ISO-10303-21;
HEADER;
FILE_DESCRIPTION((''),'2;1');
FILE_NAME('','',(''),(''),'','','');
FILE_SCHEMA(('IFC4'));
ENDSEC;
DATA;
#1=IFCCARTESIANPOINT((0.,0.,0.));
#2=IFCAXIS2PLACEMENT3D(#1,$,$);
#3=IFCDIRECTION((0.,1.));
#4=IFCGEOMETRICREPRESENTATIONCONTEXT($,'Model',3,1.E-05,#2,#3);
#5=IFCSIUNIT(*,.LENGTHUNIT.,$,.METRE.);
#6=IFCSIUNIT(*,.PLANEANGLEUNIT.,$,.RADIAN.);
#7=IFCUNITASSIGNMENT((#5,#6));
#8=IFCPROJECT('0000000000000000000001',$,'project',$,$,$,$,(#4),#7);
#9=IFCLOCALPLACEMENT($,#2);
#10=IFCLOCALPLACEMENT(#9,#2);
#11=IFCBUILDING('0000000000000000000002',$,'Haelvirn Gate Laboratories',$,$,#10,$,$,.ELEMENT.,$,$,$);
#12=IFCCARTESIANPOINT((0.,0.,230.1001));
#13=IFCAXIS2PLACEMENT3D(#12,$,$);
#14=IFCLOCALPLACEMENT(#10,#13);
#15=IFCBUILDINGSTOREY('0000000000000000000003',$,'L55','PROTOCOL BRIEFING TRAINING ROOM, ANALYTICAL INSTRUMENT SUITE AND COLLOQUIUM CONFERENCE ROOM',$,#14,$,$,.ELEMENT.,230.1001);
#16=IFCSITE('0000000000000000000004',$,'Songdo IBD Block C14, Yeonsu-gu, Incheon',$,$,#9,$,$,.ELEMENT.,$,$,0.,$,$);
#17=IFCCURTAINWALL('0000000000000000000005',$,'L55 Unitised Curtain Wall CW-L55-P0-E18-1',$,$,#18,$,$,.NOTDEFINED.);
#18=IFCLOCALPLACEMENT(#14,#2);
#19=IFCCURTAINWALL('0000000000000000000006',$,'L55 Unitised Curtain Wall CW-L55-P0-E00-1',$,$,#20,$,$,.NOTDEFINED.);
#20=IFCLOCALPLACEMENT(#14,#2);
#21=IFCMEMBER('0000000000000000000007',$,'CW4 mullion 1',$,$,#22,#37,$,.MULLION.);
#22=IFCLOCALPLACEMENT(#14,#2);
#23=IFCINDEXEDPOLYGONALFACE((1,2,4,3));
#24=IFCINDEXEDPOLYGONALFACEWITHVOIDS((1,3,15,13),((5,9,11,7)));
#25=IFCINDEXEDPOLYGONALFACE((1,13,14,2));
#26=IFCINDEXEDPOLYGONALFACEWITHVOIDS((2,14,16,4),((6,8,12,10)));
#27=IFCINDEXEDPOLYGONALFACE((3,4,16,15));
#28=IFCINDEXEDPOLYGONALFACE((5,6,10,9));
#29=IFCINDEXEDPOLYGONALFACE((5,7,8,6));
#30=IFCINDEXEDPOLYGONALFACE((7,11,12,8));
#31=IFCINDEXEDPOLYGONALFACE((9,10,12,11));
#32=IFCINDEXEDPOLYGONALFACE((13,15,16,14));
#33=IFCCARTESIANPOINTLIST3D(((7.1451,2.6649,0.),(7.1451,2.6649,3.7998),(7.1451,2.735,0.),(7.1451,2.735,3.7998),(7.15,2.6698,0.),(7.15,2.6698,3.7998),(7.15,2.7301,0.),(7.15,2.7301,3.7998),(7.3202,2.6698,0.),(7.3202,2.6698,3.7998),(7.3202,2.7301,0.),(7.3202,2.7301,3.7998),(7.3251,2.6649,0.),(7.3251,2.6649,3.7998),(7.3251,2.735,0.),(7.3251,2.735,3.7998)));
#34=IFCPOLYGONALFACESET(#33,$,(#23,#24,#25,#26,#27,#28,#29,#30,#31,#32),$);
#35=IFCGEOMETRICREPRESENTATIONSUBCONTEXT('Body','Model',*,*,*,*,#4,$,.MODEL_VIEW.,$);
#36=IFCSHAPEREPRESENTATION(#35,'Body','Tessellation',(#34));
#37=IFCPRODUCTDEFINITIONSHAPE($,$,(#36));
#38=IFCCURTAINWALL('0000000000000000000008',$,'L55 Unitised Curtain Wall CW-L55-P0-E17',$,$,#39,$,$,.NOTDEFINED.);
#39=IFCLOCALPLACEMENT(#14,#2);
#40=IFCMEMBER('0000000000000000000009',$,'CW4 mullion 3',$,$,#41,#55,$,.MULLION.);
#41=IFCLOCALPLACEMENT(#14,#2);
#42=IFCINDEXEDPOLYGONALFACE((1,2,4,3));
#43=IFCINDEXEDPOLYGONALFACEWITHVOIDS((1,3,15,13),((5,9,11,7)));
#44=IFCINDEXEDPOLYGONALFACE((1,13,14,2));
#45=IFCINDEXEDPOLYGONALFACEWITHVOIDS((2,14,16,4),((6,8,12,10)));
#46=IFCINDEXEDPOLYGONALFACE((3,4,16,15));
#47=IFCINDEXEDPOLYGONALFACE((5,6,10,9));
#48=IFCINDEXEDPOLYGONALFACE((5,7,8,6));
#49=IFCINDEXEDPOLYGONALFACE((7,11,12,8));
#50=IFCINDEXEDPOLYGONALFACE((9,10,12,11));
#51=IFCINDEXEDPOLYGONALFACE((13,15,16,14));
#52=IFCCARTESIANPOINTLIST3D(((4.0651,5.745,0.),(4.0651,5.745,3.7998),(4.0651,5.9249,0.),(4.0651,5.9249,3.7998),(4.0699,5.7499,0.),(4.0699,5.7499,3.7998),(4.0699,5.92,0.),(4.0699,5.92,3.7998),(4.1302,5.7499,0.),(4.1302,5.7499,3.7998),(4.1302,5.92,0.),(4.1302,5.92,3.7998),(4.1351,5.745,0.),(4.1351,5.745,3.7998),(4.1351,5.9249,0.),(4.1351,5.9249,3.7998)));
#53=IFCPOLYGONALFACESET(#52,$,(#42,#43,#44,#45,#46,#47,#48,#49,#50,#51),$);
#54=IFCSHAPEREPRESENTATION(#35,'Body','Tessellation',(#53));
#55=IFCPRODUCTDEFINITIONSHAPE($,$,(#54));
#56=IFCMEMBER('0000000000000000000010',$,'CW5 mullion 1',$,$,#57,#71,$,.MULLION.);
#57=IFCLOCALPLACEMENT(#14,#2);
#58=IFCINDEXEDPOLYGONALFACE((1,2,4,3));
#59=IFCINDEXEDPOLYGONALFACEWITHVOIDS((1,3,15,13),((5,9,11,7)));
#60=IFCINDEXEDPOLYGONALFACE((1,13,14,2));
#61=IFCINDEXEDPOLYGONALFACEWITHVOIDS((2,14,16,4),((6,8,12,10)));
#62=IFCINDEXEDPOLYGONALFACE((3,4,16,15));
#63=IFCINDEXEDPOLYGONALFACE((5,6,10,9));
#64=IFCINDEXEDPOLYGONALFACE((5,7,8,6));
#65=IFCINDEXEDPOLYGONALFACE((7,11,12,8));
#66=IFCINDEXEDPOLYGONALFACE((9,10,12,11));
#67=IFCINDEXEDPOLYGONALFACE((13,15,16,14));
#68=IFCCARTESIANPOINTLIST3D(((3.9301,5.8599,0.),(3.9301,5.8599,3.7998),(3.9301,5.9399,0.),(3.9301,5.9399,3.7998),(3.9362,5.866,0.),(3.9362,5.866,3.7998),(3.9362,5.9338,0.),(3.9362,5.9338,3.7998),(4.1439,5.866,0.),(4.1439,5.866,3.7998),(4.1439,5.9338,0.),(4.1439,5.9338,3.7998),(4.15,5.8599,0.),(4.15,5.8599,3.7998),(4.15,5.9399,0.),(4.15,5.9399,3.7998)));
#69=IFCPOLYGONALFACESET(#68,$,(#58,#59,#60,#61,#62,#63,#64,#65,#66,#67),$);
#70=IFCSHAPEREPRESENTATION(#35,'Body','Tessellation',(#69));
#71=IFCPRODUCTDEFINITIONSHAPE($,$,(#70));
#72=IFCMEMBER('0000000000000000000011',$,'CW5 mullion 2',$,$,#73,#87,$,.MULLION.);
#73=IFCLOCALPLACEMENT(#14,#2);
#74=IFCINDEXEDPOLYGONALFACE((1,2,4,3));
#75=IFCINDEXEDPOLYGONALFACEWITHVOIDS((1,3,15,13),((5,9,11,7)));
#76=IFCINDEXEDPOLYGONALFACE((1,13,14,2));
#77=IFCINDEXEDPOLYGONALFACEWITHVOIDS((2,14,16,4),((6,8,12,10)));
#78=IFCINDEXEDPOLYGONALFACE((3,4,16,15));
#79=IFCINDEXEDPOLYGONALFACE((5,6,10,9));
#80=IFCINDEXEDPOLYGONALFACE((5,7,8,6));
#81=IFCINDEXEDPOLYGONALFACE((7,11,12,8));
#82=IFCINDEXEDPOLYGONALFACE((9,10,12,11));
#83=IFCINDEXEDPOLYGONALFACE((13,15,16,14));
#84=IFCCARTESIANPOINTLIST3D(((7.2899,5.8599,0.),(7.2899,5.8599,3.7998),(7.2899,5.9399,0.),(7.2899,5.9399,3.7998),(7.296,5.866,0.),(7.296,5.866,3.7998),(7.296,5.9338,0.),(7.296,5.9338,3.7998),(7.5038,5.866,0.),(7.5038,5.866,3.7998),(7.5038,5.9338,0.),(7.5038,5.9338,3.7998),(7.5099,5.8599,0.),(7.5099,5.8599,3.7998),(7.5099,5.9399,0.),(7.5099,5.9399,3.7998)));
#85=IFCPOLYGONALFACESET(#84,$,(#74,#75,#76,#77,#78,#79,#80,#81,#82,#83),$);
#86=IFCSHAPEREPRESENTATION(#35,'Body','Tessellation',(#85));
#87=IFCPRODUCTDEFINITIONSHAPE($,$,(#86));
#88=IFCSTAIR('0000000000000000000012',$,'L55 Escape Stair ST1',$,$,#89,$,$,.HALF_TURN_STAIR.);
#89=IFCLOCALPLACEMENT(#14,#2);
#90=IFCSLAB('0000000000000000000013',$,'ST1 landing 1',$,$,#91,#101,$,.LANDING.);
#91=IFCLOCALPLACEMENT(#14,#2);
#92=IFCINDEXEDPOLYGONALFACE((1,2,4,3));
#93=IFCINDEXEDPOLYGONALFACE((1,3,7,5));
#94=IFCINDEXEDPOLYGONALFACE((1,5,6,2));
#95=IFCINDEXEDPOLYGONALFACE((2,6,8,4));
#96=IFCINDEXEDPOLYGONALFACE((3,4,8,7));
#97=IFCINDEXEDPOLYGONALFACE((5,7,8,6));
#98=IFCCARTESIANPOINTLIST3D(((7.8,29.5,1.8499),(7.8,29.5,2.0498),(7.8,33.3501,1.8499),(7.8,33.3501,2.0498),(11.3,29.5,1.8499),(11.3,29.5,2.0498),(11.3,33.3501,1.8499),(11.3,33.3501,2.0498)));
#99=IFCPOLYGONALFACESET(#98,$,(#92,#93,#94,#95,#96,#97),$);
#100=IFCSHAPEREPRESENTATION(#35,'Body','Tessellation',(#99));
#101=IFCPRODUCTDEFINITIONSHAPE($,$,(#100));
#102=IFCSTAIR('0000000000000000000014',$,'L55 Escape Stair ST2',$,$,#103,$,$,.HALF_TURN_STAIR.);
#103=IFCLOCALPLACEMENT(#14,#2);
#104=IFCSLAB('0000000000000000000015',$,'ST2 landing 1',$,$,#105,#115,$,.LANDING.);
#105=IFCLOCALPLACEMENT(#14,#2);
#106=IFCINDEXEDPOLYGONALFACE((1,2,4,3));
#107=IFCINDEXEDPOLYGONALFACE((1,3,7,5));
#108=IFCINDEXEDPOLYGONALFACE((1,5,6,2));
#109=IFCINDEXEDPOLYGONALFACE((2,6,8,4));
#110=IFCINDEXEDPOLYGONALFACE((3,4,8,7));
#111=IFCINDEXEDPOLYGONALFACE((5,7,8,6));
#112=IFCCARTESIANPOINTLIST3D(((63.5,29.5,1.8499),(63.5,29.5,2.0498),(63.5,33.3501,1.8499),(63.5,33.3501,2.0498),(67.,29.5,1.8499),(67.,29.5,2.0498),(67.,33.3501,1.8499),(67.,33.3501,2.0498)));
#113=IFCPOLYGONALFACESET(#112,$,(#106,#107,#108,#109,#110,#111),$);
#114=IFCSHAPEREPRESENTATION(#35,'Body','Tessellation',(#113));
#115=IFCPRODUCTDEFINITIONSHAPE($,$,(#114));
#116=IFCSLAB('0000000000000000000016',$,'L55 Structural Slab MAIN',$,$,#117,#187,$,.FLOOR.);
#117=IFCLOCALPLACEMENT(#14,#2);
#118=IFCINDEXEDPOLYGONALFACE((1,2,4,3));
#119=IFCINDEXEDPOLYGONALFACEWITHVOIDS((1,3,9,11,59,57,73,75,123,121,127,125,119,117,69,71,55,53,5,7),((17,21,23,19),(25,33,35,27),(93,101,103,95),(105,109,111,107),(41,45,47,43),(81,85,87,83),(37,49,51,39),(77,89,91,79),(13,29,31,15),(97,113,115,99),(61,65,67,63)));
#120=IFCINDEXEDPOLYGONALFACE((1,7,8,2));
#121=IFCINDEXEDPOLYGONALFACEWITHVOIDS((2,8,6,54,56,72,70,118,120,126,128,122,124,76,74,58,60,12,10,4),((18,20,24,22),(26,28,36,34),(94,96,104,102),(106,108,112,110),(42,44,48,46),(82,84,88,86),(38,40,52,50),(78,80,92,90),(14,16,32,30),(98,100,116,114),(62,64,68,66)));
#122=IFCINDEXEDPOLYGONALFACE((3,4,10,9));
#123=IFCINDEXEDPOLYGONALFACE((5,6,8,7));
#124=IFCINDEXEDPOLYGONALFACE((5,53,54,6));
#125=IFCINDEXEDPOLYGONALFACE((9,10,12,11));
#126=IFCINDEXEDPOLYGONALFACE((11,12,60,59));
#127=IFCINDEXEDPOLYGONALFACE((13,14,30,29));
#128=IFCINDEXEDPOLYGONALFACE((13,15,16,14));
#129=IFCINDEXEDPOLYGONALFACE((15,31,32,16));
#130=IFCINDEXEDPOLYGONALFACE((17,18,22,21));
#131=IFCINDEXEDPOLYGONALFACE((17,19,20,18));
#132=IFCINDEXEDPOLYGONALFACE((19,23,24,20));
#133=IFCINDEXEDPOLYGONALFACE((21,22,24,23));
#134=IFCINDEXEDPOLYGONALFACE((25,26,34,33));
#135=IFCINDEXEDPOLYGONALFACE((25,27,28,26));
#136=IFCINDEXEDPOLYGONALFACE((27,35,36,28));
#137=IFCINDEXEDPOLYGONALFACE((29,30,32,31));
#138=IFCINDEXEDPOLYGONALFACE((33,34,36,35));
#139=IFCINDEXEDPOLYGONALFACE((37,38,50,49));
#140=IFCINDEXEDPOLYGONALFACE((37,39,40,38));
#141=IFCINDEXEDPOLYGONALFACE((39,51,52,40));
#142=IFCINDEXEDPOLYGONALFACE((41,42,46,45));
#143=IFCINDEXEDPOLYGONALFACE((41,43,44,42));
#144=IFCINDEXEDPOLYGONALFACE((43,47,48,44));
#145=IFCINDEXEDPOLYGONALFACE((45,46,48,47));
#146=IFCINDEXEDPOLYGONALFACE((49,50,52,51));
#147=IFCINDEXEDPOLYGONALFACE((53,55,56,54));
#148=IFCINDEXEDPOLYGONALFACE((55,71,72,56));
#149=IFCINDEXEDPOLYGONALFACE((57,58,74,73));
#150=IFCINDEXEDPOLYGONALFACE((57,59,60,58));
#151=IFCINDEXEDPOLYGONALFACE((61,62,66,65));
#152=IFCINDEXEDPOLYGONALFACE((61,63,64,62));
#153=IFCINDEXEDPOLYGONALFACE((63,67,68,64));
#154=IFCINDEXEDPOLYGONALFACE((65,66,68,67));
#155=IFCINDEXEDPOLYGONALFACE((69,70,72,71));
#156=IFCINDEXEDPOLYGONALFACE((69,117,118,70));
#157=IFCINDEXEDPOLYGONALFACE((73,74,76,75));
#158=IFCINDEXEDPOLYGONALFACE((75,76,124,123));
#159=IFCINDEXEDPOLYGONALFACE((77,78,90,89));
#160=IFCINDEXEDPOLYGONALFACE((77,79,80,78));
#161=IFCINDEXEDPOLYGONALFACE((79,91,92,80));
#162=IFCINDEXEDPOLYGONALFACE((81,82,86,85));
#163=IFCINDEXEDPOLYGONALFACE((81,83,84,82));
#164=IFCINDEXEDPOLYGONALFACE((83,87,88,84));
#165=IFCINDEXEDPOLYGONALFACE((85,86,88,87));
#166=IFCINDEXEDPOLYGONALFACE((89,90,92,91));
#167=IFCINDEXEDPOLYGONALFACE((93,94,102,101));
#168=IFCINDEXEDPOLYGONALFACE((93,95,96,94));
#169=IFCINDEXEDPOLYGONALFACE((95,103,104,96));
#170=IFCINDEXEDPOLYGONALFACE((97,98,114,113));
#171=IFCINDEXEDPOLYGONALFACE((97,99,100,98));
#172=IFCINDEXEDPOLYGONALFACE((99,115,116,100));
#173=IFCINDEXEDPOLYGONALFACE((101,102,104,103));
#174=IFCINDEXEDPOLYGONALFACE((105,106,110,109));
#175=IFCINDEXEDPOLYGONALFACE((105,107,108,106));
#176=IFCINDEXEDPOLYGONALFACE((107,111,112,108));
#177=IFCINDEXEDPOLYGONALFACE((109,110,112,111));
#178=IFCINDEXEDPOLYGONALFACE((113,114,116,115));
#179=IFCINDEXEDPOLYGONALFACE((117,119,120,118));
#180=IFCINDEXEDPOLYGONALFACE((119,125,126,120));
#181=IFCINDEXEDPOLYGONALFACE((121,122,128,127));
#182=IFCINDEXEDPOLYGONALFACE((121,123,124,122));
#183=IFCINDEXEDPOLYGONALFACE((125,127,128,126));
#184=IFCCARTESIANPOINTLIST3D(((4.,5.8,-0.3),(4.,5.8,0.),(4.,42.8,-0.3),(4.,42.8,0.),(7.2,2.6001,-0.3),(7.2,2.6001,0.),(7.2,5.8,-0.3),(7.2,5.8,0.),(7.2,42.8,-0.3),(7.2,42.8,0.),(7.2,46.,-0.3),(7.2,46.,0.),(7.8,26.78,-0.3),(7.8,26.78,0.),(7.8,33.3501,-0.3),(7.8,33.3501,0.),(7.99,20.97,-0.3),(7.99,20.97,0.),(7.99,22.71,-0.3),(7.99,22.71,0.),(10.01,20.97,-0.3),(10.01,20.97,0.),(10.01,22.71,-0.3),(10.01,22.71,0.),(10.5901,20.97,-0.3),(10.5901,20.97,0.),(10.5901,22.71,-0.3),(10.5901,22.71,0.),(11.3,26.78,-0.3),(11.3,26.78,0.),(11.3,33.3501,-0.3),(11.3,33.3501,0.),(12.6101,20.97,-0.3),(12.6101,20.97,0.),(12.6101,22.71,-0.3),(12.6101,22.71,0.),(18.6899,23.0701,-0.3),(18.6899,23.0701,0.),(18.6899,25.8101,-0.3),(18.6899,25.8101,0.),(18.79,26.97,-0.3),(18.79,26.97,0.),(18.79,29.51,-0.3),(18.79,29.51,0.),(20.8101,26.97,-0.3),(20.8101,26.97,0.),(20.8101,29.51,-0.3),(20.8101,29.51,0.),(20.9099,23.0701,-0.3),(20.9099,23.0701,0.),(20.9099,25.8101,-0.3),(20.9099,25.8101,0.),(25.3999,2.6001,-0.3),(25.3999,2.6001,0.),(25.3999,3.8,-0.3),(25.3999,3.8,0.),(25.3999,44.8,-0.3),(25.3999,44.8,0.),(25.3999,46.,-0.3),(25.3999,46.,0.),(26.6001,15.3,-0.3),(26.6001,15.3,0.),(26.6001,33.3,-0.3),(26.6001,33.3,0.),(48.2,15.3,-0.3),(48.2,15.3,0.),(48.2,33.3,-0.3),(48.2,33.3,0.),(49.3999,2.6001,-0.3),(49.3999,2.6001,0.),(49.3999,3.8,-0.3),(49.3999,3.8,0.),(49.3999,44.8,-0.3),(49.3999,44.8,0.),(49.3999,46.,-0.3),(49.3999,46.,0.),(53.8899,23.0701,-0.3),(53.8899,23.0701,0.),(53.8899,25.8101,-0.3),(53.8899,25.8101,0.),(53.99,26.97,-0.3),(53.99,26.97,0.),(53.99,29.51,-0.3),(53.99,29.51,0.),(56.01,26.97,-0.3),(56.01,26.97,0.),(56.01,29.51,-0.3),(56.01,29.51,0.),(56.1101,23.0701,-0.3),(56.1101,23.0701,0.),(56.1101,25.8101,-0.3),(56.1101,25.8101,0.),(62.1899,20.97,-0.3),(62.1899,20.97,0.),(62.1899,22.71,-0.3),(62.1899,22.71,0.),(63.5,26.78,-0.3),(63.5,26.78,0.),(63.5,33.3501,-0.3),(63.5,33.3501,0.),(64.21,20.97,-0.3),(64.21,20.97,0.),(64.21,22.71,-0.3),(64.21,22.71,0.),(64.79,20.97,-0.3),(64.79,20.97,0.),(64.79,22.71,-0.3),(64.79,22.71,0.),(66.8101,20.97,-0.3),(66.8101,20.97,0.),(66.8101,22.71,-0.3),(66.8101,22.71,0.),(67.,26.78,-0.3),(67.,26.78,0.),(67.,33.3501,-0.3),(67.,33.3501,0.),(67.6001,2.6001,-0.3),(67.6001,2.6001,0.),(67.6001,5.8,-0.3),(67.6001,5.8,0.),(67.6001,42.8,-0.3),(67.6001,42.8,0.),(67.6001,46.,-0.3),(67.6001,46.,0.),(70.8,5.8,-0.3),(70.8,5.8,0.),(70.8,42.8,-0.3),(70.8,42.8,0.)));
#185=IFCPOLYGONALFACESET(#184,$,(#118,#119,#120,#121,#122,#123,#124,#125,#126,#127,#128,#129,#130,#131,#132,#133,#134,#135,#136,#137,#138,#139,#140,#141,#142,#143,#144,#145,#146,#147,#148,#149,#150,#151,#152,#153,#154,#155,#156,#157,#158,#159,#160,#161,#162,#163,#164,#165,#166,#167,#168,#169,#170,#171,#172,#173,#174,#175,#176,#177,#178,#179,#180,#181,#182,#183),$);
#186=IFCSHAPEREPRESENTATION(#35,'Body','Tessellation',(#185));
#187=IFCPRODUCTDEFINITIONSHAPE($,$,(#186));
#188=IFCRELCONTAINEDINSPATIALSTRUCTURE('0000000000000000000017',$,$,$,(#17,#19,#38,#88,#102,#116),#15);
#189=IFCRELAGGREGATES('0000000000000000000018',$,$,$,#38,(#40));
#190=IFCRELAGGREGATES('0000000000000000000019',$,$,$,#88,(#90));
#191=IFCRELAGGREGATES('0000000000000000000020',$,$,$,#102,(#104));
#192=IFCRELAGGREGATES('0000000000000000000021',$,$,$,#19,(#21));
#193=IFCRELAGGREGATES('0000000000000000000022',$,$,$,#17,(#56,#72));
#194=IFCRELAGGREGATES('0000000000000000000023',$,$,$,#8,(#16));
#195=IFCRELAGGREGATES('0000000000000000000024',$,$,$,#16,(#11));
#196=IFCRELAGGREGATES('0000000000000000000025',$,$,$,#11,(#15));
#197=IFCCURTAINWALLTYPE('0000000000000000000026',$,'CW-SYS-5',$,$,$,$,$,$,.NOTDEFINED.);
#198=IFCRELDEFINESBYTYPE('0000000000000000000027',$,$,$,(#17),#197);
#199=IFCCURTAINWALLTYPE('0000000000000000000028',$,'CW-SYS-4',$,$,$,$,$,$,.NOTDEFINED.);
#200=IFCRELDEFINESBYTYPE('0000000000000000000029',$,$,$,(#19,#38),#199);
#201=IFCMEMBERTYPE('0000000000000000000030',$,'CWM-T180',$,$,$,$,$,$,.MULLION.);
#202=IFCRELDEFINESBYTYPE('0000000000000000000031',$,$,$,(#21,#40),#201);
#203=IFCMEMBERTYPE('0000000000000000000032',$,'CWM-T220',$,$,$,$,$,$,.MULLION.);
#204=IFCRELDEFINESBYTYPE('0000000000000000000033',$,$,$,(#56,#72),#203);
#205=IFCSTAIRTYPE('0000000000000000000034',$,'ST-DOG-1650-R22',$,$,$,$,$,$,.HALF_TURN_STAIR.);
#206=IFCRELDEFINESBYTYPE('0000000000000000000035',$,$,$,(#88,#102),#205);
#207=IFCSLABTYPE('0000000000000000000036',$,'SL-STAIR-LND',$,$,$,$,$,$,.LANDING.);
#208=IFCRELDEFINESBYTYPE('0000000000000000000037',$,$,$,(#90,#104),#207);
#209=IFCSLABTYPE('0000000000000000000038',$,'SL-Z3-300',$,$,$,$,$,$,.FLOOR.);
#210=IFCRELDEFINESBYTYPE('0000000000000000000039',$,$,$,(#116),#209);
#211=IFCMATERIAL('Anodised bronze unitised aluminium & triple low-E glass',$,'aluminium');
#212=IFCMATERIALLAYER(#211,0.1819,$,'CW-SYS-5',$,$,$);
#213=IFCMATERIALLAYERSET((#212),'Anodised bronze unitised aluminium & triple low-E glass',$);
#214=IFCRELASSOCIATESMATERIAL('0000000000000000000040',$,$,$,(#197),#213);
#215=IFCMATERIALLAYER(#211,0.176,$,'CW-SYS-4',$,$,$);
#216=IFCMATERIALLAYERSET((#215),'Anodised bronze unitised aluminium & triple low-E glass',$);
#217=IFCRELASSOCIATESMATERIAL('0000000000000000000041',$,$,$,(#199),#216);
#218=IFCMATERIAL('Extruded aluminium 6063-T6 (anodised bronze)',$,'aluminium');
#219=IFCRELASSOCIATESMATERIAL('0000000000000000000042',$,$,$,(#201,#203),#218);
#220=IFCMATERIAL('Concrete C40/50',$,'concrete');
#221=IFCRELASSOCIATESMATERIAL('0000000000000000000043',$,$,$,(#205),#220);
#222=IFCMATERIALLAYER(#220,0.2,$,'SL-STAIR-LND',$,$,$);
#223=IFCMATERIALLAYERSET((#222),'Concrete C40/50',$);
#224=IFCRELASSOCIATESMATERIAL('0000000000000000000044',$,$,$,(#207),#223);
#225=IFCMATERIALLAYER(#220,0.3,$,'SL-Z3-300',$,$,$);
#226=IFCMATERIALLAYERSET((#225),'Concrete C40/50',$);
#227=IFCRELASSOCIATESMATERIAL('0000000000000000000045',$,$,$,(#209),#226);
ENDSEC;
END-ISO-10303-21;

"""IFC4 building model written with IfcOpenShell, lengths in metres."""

from ifc_helpers import new_model, si_unit, direction, frame, origin, origin_2d, place, context, subcontext, project, spatial, polyline, hollow_rectangle, outline, extrude, source, transform, mapped, material, layer, layer_set, material_profile, profile_set, type_object, type_shapes, element, aggregate, save


model = new_model("IFC4")

# Units and contexts
model_context = context("Model", 3, precision=1e-05, world=origin(), true_north=direction((0.0, 1.0)))
body_context = subcontext(model_context, "Body", "Model", "MODEL_VIEW")
ifc_project = project(units=[si_unit("LENGTHUNIT", "METRE"), si_unit("PLANEANGLEUNIT", "RADIAN")], contexts=[model_context])

# Site, building, storey
site_placement = place(None, origin())
site = spatial("IfcSite", under=ifc_project, at=site_placement, Name="Songdo IBD Block C14, Yeonsu-gu, Incheon", CompositionType="ELEMENT", RefElevation=0.0)
building_placement = place(site_placement, origin())
building = spatial("IfcBuilding", under=site, at=building_placement, Name="Haelvirn Gate Laboratories", CompositionType="ELEMENT")
storey_placement = place(building_placement, frame((0.0, 0.0, 230.1001)))
storey = spatial("IfcBuildingStorey", under=building, at=storey_placement, Name="L55", Description="PROTOCOL BRIEFING TRAINING ROOM, ANALYTICAL INSTRUMENT SUITE AND COLLOQUIUM CONFERENCE ROOM", CompositionType="ELEMENT", Elevation=230.1001)

# Curtain walls, member
ifc_material_1 = material(Name="Anodised bronze unitised aluminium & triple low-E glass", Category="aluminium")
ifc_layer_1 = layer(ifc_material_1, 0.1819, Name="CW-SYS-5")
ifc_layer_set_1 = layer_set([ifc_layer_1], Name="Anodised bronze unitised aluminium & triple low-E glass")
curtain_wall_type_1 = type_object("IfcCurtainWallType", Name="CW-SYS-5", PredefinedType="NOTDEFINED", material=ifc_layer_set_1)
curtain_wall_1_placement = place(storey_placement, origin())
curtain_wall_1 = element("IfcCurtainWall", 1, at=curtain_wall_1_placement, inside=storey, type_object=curtain_wall_type_1, Name="L55 Unitised Curtain Wall CW-L55-P0-E18-1", PredefinedType="NOTDEFINED")
ifc_material_2 = material(Name="Extruded aluminium 6063-T6 (anodised bronze)", Category="aluminium")
ifc_layer_2 = layer(ifc_material_1, 0.176, Name="CW-SYS-4")
ifc_layer_set_2 = layer_set([ifc_layer_2], Name="Anodised bronze unitised aluminium & triple low-E glass")
curtain_wall_type_2 = type_object("IfcCurtainWallType", Name="CW-SYS-4", PredefinedType="NOTDEFINED", material=ifc_layer_set_2)
curtain_wall_2_placement = place(storey_placement, origin())
curtain_wall_2 = element("IfcCurtainWall", 2, at=curtain_wall_2_placement, inside=storey, type_object=curtain_wall_type_2, Name="L55 Unitised Curtain Wall CW-L55-P0-E00-1", PredefinedType="NOTDEFINED")
ifc_material_profile_1 = material_profile(ifc_material_2, hollow_rectangle(XDim=0.0701, YDim=0.1799, WallThickness=0.0049, at=origin_2d()), Name="CWM-180x70x5")
ifc_profile_set_1 = profile_set([ifc_material_profile_1], Name="Extruded aluminium 6063-T6 (anodised bronze)")
member_type_1 = type_object("IfcMemberType", Name="CWM-T180", PredefinedType="MULLION", material=ifc_profile_set_1)
shared_shape_1 = source(origin(), body_context, "Body", "SweptSolid", [
    extrude(hollow_rectangle(XDim=0.0701, YDim=0.1799, WallThickness=0.0049, at=origin_2d()), origin(), (0.0, 0.0, 1.0), 3.7998),
])
type_shapes(member_type_1, [shared_shape_1])
member_1_placement = place(storey_placement, frame((7.2351, 2.7, 0.0), z_axis=(0.0, 0.0, 1.0), x_axis=(0.0, 1.0, 0.0)))
member_1 = element("IfcMember", 3, at=member_1_placement, type_object=member_type_1, Name="CW4 mullion 1", PredefinedType="MULLION", context=body_context, shape_type="MappedRepresentation", body=[
    mapped(shared_shape_1, transform((0.0, 0.0, 0.0), scale=1.0)),
])

# Curtain wall, member
curtain_wall_3_placement = place(storey_placement, origin())
curtain_wall_3 = element("IfcCurtainWall", 4, at=curtain_wall_3_placement, inside=storey, type_object=curtain_wall_type_2, Name="L55 Unitised Curtain Wall CW-L55-P0-E17", PredefinedType="NOTDEFINED")
member_2_placement = place(storey_placement, frame((4.1001, 5.835, 0.0), z_axis=(0.0, 0.0, 1.0), x_axis=(1.0, 0.0, 0.0)))
member_2 = element("IfcMember", 5, at=member_2_placement, type_object=member_type_1, Name="CW4 mullion 3", PredefinedType="MULLION", context=body_context, shape_type="MappedRepresentation", body=[
    mapped(shared_shape_1, transform((0.0, 0.0, 0.0), scale=1.0)),
])
aggregate(curtain_wall_3, [member_2])

# Members
ifc_material_profile_2 = material_profile(ifc_material_2, hollow_rectangle(XDim=0.0801, YDim=0.22, WallThickness=0.0061, at=origin_2d()), Name="CWM-220x80x6")
ifc_profile_set_2 = profile_set([ifc_material_profile_2], Name="Extruded aluminium 6063-T6 (anodised bronze)")
member_type_2 = type_object("IfcMemberType", Name="CWM-T220", PredefinedType="MULLION", material=ifc_profile_set_2)
shared_shape_2 = source(origin(), body_context, "Body", "SweptSolid", [
    extrude(hollow_rectangle(XDim=0.0801, YDim=0.22, WallThickness=0.0061, at=origin_2d()), origin(), (0.0, 0.0, 1.0), 3.7998),
])
type_shapes(member_type_2, [shared_shape_2])
member_3_placement = place(storey_placement, frame((4.04, 5.8999, 0.0), z_axis=(0.0, 0.0, 1.0), x_axis=(0.0, 1.0, 0.0)))
member_3 = element("IfcMember", 6, at=member_3_placement, type_object=member_type_2, Name="CW5 mullion 1", PredefinedType="MULLION", context=body_context, shape_type="MappedRepresentation", body=[
    mapped(shared_shape_2, transform((0.0, 0.0, 0.0), scale=1.0)),
])
member_4_placement = place(storey_placement, frame((7.3999, 5.8999, 0.0), z_axis=(0.0, 0.0, 1.0), x_axis=(0.0, 1.0, 0.0)))
member_4 = element("IfcMember", 7, at=member_4_placement, type_object=member_type_2, Name="CW5 mullion 2", PredefinedType="MULLION", context=body_context, shape_type="MappedRepresentation", body=[
    mapped(shared_shape_2, transform((0.0, 0.0, 0.0), scale=1.0)),
])

# Stairs, slabs
ifc_material_3 = material(Name="Concrete C40/50", Category="concrete")
stair_type = type_object("IfcStairType", Name="ST-DOG-1650-R22", PredefinedType="HALF_TURN_STAIR", material=ifc_material_3)
stair_1_placement = place(storey_placement, origin())
stair_1 = element("IfcStair", 8, at=stair_1_placement, inside=storey, type_object=stair_type, Name="L55 Escape Stair ST1", PredefinedType="HALF_TURN_STAIR")
ifc_layer_3 = layer(ifc_material_3, 0.2, Name="SL-STAIR-LND")
ifc_layer_set_3 = layer_set([ifc_layer_3], Name="Concrete C40/50")
slab_type_1 = type_object("IfcSlabType", Name="SL-STAIR-LND", PredefinedType="LANDING", material=ifc_layer_set_3)
slab_1_placement = place(storey_placement, frame((0.0, 0.0, 1.8499)))
slab_1 = element("IfcSlab", 9, at=slab_1_placement, type_object=slab_type_1, Name="ST1 landing 1", PredefinedType="LANDING", context=body_context, shape_type="SweptSolid", body=[
    extrude(outline(polyline([(11.3, 29.5), (11.3, 33.3501), (7.8, 33.3501), (7.8, 29.5), (11.3, 29.5)])), origin(), (0.0, 0.0, 1.0), 0.2),
])
aggregate(stair_1, [slab_1])
stair_2_placement = place(storey_placement, origin())
stair_2 = element("IfcStair", 10, at=stair_2_placement, inside=storey, type_object=stair_type, Name="L55 Escape Stair ST2", PredefinedType="HALF_TURN_STAIR")
slab_2_placement = place(storey_placement, frame((0.0, 0.0, 1.8499)))
slab_2 = element("IfcSlab", 11, at=slab_2_placement, type_object=slab_type_1, Name="ST2 landing 1", PredefinedType="LANDING", context=body_context, shape_type="SweptSolid", body=[
    extrude(outline(polyline([(67.0, 29.5), (67.0, 33.3501), (63.5, 33.3501), (63.5, 29.5), (67.0, 29.5)])), origin(), (0.0, 0.0, 1.0), 0.2),
])
aggregate(stair_2, [slab_2])

# Slab
ifc_layer_4 = layer(ifc_material_3, 0.3, Name="SL-Z3-300")
ifc_layer_set_4 = layer_set([ifc_layer_4], Name="Concrete C40/50")
slab_type_2 = type_object("IfcSlabType", Name="SL-Z3-300", PredefinedType="FLOOR", material=ifc_layer_set_4)
slab_3_placement = place(storey_placement, frame((0.0, 0.0, -0.3)))
element("IfcSlab", 12, at=slab_3_placement, inside=storey, type_object=slab_type_2, Name="L55 Structural Slab MAIN", PredefinedType="FLOOR", context=body_context, shape_type="SweptSolid", body=[
    extrude(outline(polyline([(7.2, 2.6001), (25.3999, 2.6001), (25.3999, 3.8), (49.3999, 3.8), (49.3999, 2.6001), (67.6001, 2.6001), (67.6001, 5.8), (70.8, 5.8), (70.8, 42.8), (67.6001, 42.8), (67.6001, 46.0), (49.3999, 46.0), (49.3999, 44.8), (25.3999, 44.8), (25.3999, 46.0), (7.2, 46.0), (7.2, 42.8), (4.0, 42.8), (4.0, 5.8), (7.2, 5.8), (7.2, 2.6001)]), holes=[polyline([(26.6001, 15.3), (48.2, 15.3), (48.2, 33.3), (26.6001, 33.3), (26.6001, 15.3)]), polyline([(11.3, 26.78), (11.3, 33.3501), (7.8, 33.3501), (7.8, 26.78), (11.3, 26.78)]), polyline([(67.0, 26.78), (67.0, 33.3501), (63.5, 33.3501), (63.5, 26.78), (67.0, 26.78)]), polyline([(7.99, 20.97), (10.01, 20.97), (10.01, 22.71), (7.99, 22.71), (7.99, 20.97)]), polyline([(10.5901, 20.97), (12.6101, 20.97), (12.6101, 22.71), (10.5901, 22.71), (10.5901, 20.97)]), polyline([(18.79, 26.97), (20.8101, 26.97), (20.8101, 29.51), (18.79, 29.51), (18.79, 26.97)]), polyline([(18.6899, 23.0701), (20.9099, 23.0701), (20.9099, 25.8101), (18.6899, 25.8101), (18.6899, 23.0701)]), polyline([(64.79, 20.97), (66.8101, 20.97), (66.8101, 22.71), (64.79, 22.71), (64.79, 20.97)]), polyline([(62.1899, 20.97), (64.21, 20.97), (64.21, 22.71), (62.1899, 22.71), (62.1899, 20.97)]), polyline([(53.99, 26.97), (56.01, 26.97), (56.01, 29.51), (53.99, 29.51), (53.99, 26.97)]), polyline([(53.8899, 23.0701), (56.1101, 23.0701), (56.1101, 25.8101), (53.8899, 25.8101), (53.8899, 23.0701)])]), origin(), (0.0, 0.0, 1.0), 0.3),
])

aggregate(curtain_wall_2, [member_1])
aggregate(curtain_wall_1, [member_3, member_4])

save(model, "model.ifc")
